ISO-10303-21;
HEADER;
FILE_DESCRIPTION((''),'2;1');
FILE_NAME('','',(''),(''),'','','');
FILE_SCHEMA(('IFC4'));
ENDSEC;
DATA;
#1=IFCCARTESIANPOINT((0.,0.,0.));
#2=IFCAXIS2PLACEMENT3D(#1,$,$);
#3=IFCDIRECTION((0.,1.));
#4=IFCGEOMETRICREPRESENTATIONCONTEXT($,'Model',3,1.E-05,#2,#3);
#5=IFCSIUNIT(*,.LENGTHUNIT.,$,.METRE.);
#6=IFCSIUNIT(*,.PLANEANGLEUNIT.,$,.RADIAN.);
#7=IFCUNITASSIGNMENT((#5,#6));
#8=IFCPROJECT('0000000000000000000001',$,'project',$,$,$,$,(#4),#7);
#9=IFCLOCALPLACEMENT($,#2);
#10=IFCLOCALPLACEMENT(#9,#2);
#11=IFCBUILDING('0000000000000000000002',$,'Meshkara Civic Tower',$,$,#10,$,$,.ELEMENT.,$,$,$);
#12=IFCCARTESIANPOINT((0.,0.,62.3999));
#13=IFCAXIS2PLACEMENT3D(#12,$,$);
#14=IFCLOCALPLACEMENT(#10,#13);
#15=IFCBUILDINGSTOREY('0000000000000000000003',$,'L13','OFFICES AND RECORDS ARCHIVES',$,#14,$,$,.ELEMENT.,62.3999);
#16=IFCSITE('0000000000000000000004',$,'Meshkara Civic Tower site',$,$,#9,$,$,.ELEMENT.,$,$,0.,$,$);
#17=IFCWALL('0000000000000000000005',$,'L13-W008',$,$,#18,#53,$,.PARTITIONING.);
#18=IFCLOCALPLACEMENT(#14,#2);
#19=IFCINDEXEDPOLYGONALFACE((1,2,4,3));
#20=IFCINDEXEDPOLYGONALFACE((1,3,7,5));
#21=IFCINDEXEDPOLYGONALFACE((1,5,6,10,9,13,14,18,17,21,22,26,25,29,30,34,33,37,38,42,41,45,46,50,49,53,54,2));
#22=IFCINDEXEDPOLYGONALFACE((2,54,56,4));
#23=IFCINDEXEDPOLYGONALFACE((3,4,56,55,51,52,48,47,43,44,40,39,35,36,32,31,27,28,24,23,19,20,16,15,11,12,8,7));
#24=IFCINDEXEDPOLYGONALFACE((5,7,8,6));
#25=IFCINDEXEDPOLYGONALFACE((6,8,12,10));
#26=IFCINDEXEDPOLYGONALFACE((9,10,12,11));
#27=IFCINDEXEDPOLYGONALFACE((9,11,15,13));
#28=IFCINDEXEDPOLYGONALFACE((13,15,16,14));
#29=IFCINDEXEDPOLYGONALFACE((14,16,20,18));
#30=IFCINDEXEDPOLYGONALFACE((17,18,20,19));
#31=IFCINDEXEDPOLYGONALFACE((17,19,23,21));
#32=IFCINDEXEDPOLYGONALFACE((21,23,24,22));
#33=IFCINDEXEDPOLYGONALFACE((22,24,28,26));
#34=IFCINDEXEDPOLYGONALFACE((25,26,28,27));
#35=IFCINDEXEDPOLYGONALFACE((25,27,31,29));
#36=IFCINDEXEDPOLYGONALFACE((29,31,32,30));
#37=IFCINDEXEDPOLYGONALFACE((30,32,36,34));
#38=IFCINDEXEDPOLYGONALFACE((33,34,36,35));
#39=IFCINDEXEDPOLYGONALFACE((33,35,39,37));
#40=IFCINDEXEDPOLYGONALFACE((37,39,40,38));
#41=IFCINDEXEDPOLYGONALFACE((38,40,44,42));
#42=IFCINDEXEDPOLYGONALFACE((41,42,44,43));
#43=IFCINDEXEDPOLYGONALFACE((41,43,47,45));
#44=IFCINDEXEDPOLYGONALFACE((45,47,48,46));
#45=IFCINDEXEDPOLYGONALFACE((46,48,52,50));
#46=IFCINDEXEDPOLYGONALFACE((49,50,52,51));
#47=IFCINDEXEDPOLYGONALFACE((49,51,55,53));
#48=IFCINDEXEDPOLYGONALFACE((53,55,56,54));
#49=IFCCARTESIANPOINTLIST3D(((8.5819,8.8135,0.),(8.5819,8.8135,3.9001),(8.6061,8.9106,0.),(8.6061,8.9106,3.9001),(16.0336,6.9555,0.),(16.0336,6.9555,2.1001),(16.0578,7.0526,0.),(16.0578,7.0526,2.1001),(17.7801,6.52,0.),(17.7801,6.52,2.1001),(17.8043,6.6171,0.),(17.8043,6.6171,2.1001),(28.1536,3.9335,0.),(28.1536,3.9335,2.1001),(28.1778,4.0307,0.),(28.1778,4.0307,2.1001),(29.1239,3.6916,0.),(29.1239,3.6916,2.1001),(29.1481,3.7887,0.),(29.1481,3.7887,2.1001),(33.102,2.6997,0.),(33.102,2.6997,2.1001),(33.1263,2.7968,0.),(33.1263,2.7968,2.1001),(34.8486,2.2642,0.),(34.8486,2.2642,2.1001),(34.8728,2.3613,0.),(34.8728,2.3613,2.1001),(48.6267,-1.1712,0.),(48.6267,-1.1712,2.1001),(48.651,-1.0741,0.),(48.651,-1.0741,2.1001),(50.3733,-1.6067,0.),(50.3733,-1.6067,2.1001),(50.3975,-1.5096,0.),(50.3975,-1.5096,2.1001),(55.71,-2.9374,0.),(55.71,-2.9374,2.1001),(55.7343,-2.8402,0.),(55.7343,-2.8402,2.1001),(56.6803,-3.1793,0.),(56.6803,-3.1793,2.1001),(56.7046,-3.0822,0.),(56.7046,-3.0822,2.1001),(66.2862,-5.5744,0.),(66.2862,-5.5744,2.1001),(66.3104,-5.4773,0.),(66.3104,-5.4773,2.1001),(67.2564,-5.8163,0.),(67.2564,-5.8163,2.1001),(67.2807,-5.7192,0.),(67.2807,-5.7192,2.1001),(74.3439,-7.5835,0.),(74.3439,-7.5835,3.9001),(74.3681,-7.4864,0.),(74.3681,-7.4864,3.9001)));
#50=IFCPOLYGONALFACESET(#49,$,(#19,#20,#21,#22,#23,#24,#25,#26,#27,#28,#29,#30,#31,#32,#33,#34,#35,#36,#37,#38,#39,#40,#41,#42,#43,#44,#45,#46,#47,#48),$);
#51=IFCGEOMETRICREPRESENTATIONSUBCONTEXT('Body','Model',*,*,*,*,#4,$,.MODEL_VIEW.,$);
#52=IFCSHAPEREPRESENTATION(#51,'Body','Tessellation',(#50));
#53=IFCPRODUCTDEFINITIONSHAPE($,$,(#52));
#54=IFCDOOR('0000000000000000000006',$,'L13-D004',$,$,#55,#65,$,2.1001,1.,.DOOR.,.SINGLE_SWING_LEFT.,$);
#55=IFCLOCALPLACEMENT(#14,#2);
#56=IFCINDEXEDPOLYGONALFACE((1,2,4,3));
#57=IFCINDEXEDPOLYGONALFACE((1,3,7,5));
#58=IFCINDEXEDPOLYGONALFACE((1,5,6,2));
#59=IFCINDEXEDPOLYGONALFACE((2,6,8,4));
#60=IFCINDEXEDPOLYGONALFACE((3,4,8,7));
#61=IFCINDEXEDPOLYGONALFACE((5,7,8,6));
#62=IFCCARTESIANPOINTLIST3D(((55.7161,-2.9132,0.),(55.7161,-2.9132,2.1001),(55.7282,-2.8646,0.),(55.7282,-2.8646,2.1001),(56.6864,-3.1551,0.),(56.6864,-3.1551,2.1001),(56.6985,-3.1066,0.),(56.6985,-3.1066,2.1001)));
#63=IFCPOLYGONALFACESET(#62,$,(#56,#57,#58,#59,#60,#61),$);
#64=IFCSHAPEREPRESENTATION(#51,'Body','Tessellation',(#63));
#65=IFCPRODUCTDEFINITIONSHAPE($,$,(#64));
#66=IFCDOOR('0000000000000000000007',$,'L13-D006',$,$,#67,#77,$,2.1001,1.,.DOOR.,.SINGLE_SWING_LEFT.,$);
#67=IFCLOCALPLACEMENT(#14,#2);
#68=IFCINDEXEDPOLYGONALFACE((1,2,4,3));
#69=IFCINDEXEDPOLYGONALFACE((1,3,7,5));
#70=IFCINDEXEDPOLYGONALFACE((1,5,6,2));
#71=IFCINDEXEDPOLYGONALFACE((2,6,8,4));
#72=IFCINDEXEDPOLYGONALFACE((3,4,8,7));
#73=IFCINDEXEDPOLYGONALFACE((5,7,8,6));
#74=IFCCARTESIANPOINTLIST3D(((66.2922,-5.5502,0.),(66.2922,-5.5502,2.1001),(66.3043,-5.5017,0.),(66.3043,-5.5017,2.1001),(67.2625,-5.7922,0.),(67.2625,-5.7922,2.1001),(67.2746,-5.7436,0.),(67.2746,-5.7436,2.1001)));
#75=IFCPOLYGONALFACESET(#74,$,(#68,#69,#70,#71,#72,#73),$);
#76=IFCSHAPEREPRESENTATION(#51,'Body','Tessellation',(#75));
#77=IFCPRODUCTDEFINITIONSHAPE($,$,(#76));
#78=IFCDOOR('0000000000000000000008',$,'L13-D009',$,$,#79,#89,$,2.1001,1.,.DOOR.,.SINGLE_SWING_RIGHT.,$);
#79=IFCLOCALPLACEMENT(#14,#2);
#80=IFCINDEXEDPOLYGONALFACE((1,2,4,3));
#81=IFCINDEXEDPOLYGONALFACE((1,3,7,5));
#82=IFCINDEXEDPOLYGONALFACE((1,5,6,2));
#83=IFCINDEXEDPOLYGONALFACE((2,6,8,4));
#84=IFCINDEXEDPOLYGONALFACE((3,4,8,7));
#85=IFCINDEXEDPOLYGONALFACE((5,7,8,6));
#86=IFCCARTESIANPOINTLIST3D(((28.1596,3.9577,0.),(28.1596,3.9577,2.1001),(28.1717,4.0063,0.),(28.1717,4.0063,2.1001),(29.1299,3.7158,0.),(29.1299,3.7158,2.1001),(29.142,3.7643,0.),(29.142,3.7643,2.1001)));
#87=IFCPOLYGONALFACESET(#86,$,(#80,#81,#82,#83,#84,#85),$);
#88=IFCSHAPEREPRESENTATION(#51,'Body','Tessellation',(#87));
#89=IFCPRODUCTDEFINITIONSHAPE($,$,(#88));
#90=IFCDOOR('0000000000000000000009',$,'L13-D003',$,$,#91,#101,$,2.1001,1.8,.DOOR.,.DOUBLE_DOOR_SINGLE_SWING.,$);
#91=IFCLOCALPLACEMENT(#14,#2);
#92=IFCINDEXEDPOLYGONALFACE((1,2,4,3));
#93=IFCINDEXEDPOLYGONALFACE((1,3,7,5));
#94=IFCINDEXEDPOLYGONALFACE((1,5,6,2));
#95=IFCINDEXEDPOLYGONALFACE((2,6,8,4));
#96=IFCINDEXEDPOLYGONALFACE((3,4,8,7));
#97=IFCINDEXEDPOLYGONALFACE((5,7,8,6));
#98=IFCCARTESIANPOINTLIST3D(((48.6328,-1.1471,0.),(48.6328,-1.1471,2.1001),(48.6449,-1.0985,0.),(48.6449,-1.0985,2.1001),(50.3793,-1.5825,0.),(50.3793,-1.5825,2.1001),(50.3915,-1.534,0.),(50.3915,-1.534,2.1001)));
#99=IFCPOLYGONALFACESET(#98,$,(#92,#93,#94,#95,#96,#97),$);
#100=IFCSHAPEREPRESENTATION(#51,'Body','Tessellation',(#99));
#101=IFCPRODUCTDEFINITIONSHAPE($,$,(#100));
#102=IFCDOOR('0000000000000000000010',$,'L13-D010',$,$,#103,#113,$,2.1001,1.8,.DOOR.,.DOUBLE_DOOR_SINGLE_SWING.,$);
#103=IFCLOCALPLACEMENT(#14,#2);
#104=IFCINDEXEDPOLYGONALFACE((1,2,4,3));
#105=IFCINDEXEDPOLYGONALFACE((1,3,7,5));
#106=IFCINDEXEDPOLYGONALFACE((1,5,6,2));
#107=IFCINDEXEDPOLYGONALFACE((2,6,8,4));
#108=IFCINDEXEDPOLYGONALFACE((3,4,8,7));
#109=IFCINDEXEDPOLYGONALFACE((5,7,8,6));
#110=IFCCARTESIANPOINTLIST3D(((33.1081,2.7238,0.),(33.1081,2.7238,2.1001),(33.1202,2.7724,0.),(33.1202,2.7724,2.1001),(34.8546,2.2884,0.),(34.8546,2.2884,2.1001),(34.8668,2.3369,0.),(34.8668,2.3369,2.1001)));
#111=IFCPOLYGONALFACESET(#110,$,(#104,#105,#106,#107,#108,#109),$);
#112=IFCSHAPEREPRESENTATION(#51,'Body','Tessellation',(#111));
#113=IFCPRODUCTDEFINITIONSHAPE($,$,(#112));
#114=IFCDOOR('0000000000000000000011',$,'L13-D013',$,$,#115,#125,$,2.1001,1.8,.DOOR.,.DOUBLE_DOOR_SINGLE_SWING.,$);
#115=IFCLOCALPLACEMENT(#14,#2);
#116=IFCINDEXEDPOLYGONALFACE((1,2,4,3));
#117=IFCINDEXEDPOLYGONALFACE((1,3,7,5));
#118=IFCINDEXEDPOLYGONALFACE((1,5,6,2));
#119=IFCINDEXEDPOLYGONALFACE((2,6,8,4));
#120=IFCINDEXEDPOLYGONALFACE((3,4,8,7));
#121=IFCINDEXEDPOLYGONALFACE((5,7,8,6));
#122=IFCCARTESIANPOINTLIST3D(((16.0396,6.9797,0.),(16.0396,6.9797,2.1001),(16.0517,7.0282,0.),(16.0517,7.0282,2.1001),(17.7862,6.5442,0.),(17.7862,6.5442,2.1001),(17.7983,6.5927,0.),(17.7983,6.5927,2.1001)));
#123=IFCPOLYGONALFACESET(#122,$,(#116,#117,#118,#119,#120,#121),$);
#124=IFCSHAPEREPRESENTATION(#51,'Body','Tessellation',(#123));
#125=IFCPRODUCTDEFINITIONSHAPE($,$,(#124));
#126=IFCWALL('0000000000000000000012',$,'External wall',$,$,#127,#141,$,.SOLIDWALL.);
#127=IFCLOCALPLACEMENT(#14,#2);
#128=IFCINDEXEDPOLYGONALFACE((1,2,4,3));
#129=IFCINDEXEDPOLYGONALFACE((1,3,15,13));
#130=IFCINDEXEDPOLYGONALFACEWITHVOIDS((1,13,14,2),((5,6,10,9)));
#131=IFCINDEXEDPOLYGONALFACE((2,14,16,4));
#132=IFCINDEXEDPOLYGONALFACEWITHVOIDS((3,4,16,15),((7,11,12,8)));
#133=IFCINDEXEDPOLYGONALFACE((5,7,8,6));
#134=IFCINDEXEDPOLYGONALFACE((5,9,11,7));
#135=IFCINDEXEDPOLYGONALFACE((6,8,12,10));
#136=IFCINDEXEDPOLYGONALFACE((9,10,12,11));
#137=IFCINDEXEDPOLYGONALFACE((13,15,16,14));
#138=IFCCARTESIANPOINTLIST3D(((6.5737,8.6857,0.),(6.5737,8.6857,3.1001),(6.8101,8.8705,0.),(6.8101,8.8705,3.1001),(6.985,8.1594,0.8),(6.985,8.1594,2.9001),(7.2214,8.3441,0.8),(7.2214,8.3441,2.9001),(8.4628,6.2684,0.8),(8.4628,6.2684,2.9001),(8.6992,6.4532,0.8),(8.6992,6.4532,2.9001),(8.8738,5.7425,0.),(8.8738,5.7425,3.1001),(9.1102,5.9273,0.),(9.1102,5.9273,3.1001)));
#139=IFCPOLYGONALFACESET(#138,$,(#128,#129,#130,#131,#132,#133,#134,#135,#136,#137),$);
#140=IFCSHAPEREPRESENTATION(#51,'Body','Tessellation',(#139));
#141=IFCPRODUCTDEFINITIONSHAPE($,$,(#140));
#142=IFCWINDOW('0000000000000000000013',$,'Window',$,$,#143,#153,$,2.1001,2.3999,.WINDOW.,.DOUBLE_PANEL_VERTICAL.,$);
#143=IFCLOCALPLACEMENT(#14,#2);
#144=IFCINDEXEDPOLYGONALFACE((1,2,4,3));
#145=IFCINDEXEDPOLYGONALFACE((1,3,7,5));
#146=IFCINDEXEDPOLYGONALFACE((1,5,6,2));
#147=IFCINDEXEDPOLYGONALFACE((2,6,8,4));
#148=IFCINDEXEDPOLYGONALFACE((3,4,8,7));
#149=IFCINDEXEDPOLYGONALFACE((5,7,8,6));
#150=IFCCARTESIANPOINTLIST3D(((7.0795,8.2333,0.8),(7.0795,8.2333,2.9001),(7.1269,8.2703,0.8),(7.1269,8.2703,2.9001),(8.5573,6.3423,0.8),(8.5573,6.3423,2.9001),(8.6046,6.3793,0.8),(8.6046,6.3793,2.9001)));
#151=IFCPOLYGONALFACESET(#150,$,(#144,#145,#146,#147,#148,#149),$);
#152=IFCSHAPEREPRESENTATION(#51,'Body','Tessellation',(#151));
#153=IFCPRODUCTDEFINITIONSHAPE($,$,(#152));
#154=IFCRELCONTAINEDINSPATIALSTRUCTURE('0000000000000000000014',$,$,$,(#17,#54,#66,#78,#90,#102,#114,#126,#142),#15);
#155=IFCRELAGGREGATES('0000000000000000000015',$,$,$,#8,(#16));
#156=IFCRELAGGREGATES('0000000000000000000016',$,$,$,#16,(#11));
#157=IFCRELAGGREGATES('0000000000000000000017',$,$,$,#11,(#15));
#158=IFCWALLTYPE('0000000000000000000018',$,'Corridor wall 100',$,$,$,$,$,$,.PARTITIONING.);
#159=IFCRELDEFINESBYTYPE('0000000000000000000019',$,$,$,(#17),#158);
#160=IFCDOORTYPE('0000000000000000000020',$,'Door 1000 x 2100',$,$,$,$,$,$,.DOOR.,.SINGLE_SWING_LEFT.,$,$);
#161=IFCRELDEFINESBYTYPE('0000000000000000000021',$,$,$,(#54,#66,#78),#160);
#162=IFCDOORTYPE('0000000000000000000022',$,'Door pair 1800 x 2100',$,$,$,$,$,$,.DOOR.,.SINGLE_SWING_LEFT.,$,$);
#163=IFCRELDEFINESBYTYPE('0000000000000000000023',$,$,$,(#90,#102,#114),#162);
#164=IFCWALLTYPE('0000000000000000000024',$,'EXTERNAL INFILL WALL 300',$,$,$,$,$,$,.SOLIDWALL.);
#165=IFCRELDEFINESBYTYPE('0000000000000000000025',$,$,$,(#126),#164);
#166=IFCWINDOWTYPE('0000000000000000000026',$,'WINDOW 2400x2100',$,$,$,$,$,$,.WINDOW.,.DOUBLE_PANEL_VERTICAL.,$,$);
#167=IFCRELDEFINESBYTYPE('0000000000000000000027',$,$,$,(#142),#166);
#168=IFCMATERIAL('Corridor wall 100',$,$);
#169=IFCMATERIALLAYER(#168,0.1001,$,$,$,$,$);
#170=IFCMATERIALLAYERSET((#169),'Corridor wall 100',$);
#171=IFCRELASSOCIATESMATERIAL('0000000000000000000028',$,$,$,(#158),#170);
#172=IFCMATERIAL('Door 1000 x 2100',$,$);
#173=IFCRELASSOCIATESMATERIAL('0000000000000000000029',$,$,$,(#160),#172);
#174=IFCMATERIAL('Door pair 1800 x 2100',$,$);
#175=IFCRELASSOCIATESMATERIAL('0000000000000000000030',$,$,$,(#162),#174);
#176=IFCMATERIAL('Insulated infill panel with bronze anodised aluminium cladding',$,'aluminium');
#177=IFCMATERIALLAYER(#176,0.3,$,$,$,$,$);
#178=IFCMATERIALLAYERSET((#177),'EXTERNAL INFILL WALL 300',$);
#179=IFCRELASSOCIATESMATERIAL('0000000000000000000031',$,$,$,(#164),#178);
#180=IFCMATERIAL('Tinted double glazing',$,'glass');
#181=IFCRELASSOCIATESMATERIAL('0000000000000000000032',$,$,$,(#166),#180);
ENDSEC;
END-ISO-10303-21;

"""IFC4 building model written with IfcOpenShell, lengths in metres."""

from ifc_helpers import new_model, si_unit, direction, frame, frame_2d, origin, place, context, subcontext, project, spatial, rectangle, extrude, material, layer, layer_set, type_object, element, fill, save


model = new_model("IFC4")

# Units and contexts
model_context = context("Model", 3, precision=1e-05, world=origin(), true_north=direction((0.0, 1.0)))
body_context = subcontext(model_context, "Body", "Model", "MODEL_VIEW")
ifc_project = project(units=[si_unit("LENGTHUNIT", "METRE"), si_unit("PLANEANGLEUNIT", "RADIAN")], contexts=[model_context])

# Site, building, storey
site_placement = place(None, origin())
site = spatial("IfcSite", under=ifc_project, at=site_placement, Name="Meshkara Civic Tower site", CompositionType="ELEMENT", RefElevation=0.0)
building_placement = place(site_placement, origin())
building = spatial("IfcBuilding", under=site, at=building_placement, Name="Meshkara Civic Tower", CompositionType="ELEMENT")
storey_placement = place(building_placement, frame((0.0, 0.0, 62.3999)))
storey = spatial("IfcBuildingStorey", under=building, at=storey_placement, Name="L13", Description="OFFICES AND RECORDS ARCHIVES", CompositionType="ELEMENT", Elevation=62.3999)

# Shared definitions
ifc_material_1 = material(Name="Corridor wall 100")
ifc_layer_1 = layer(ifc_material_1, 0.1001)
ifc_layer_set_1 = layer_set([ifc_layer_1], Name="Corridor wall 100")
wall_type_1 = type_object("IfcWallType", Name="Corridor wall 100", PredefinedType="PARTITIONING", material=ifc_layer_set_1)

# Shared definitions
ifc_material_2 = material(Name="Door 1000 x 2100")
door_type_1 = type_object("IfcDoorType", Name="Door 1000 x 2100", OperationType="SINGLE_SWING_LEFT", PredefinedType="DOOR", material=ifc_material_2)

# Wall, openings, doors
wall_1_placement = place(storey_placement, frame((8.594, 8.8621, 0.0), z_axis=(0.0, 0.0, 1.0), x_axis=(0.970293, -0.241931, 0.0)))
wall_1 = element("IfcWall", 1, at=wall_1_placement, inside=storey, type_object=wall_type_1, Name="L13-W008", PredefinedType="PARTITIONING", context=body_context, shape_type="SweptSolid", body=[
    extrude(rectangle(XDim=67.7754, YDim=0.1001, at=frame_2d((33.8877, 0.0))), origin(), (0.0, 0.0, 1.0), 3.9001),
])
opening_1_placement = place(wall_1_placement, frame((41.271, 0.0, 0.0)))
opening_1 = element("IfcOpeningElement", 2, at=opening_1_placement, cuts=wall_1, PredefinedType="OPENING", context=body_context, shape_type="SweptSolid", body=[
    extrude(rectangle(XDim=1.8, YDim=2.1001, at=frame_2d((0.8999, 1.05))), frame((0.0, 0.0601, 0.0), z_axis=(0.0, -1.0, 0.0), x_axis=(1.0, 0.0, 0.0)), (0.0, 0.0, 1.0), 0.1201),
])
opening_2_placement = place(wall_1_placement, frame((48.571, 0.0, 0.0)))
opening_2 = element("IfcOpeningElement", 3, at=opening_2_placement, cuts=wall_1, PredefinedType="OPENING", context=body_context, shape_type="SweptSolid", body=[
    extrude(rectangle(XDim=1.0, YDim=2.1001, at=frame_2d((0.5, 1.05))), frame((0.0, 0.0601, 0.0), z_axis=(0.0, -1.0, 0.0), x_axis=(1.0, 0.0, 0.0)), (0.0, 0.0, 1.0), 0.1201),
])
opening_3_placement = place(wall_1_placement, frame((59.4709, 0.0, 0.0)))
opening_3 = element("IfcOpeningElement", 4, at=opening_3_placement, cuts=wall_1, PredefinedType="OPENING", context=body_context, shape_type="SweptSolid", body=[
    extrude(rectangle(XDim=1.0, YDim=2.1001, at=frame_2d((0.5, 1.05))), frame((0.0, 0.0601, 0.0), z_axis=(0.0, -1.0, 0.0), x_axis=(1.0, 0.0, 0.0)), (0.0, 0.0, 1.0), 0.1201),
])
opening_4_placement = place(wall_1_placement, frame((20.1709, 0.0, 0.0)))
opening_4 = element("IfcOpeningElement", 5, at=opening_4_placement, cuts=wall_1, PredefinedType="OPENING", context=body_context, shape_type="SweptSolid", body=[
    extrude(rectangle(XDim=1.0, YDim=2.1001, at=frame_2d((0.5, 1.05))), frame((0.0, 0.0601, 0.0), z_axis=(0.0, -1.0, 0.0), x_axis=(1.0, 0.0, 0.0)), (0.0, 0.0, 1.0), 0.1201),
])
opening_5_placement = place(wall_1_placement, frame((25.271, 0.0, 0.0)))
opening_5 = element("IfcOpeningElement", 6, at=opening_5_placement, cuts=wall_1, PredefinedType="OPENING", context=body_context, shape_type="SweptSolid", body=[
    extrude(rectangle(XDim=1.8, YDim=2.1001, at=frame_2d((0.8999, 1.05))), frame((0.0, 0.0601, 0.0), z_axis=(0.0, -1.0, 0.0), x_axis=(1.0, 0.0, 0.0)), (0.0, 0.0, 1.0), 0.1201),
])
opening_6_placement = place(wall_1_placement, frame((7.6799, 0.0, 0.0)))
opening_6 = element("IfcOpeningElement", 7, at=opening_6_placement, cuts=wall_1, PredefinedType="OPENING", context=body_context, shape_type="SweptSolid", body=[
    extrude(rectangle(XDim=1.8, YDim=2.1001, at=frame_2d((0.8999, 1.05))), frame((0.0, 0.0601, 0.0), z_axis=(0.0, -1.0, 0.0), x_axis=(1.0, 0.0, 0.0)), (0.0, 0.0, 1.0), 0.1201),
])
door_1_placement = place(opening_2_placement, origin())
door_1 = element("IfcDoor", 8, at=door_1_placement, inside=storey, type_object=door_type_1, Name="L13-D004", OperationType="SINGLE_SWING_LEFT", OverallHeight=2.1001, OverallWidth=1.0, PredefinedType="DOOR", context=body_context, shape_type="SweptSolid", body=[
    extrude(rectangle(XDim=1.0, YDim=2.1001, at=frame_2d((0.5, 1.05))), frame((0.0, 0.0249, 0.0), z_axis=(0.0, -1.0, 0.0), x_axis=(1.0, 0.0, 0.0)), (0.0, 0.0, 1.0), 0.05),
])
fill(opening_2, door_1)
door_2_placement = place(opening_3_placement, origin())
door_2 = element("IfcDoor", 9, at=door_2_placement, inside=storey, type_object=door_type_1, Name="L13-D006", OperationType="SINGLE_SWING_LEFT", OverallHeight=2.1001, OverallWidth=1.0, PredefinedType="DOOR", context=body_context, shape_type="SweptSolid", body=[
    extrude(rectangle(XDim=1.0, YDim=2.1001, at=frame_2d((0.5, 1.05))), frame((0.0, 0.0249, 0.0), z_axis=(0.0, -1.0, 0.0), x_axis=(1.0, 0.0, 0.0)), (0.0, 0.0, 1.0), 0.05),
])
fill(opening_3, door_2)
door_3_placement = place(opening_4_placement, origin())
door_3 = element("IfcDoor", 10, at=door_3_placement, inside=storey, type_object=door_type_1, Name="L13-D009", OperationType="SINGLE_SWING_RIGHT", OverallHeight=2.1001, OverallWidth=1.0, PredefinedType="DOOR", context=body_context, shape_type="SweptSolid", body=[
    extrude(rectangle(XDim=1.0, YDim=2.1001, at=frame_2d((0.5, 1.05))), frame((0.0, 0.0249, 0.0), z_axis=(0.0, -1.0, 0.0), x_axis=(1.0, 0.0, 0.0)), (0.0, 0.0, 1.0), 0.05),
])
fill(opening_4, door_3)
ifc_material_3 = material(Name="Door pair 1800 x 2100")
door_type_2 = type_object("IfcDoorType", Name="Door pair 1800 x 2100", OperationType="SINGLE_SWING_LEFT", PredefinedType="DOOR", material=ifc_material_3)
door_4_placement = place(opening_1_placement, origin())
door_4 = element("IfcDoor", 11, at=door_4_placement, inside=storey, type_object=door_type_2, Name="L13-D003", OperationType="DOUBLE_DOOR_SINGLE_SWING", OverallHeight=2.1001, OverallWidth=1.8, PredefinedType="DOOR", context=body_context, shape_type="SweptSolid", body=[
    extrude(rectangle(XDim=1.8, YDim=2.1001, at=frame_2d((0.8999, 1.05))), frame((0.0, 0.0249, 0.0), z_axis=(0.0, -1.0, 0.0), x_axis=(1.0, 0.0, 0.0)), (0.0, 0.0, 1.0), 0.05),
])
fill(opening_1, door_4)
door_5_placement = place(opening_5_placement, origin())
door_5 = element("IfcDoor", 12, at=door_5_placement, inside=storey, type_object=door_type_2, Name="L13-D010", OperationType="DOUBLE_DOOR_SINGLE_SWING", OverallHeight=2.1001, OverallWidth=1.8, PredefinedType="DOOR", context=body_context, shape_type="SweptSolid", body=[
    extrude(rectangle(XDim=1.8, YDim=2.1001, at=frame_2d((0.8999, 1.05))), frame((0.0, 0.0249, 0.0), z_axis=(0.0, -1.0, 0.0), x_axis=(1.0, 0.0, 0.0)), (0.0, 0.0, 1.0), 0.05),
])
fill(opening_5, door_5)
door_6_placement = place(opening_6_placement, origin())
door_6 = element("IfcDoor", 13, at=door_6_placement, inside=storey, type_object=door_type_2, Name="L13-D013", OperationType="DOUBLE_DOOR_SINGLE_SWING", OverallHeight=2.1001, OverallWidth=1.8, PredefinedType="DOOR", context=body_context, shape_type="SweptSolid", body=[
    extrude(rectangle(XDim=1.8, YDim=2.1001, at=frame_2d((0.8999, 1.05))), frame((0.0, 0.0249, 0.0), z_axis=(0.0, -1.0, 0.0), x_axis=(1.0, 0.0, 0.0)), (0.0, 0.0, 1.0), 0.05),
])
fill(opening_6, door_6)

# Wall, opening, window
ifc_material_4 = material(Name="Insulated infill panel with bronze anodised aluminium cladding", Category="aluminium")
ifc_layer_2 = layer(ifc_material_4, 0.3)
ifc_layer_set_2 = layer_set([ifc_layer_2], Name="EXTERNAL INFILL WALL 300")
wall_type_2 = type_object("IfcWallType", Name="EXTERNAL INFILL WALL 300", PredefinedType="SOLIDWALL", material=ifc_layer_set_2)
wall_2_placement = place(storey_placement, frame((6.6919, 8.7781, 0.0), z_axis=(0.0, 0.0, 1.0), x_axis=(0.615767, -0.787928, 0.0)))
wall_2 = element("IfcWall", 14, at=wall_2_placement, inside=storey, type_object=wall_type_2, Name="External wall", PredefinedType="SOLIDWALL", context=body_context, shape_type="SweptSolid", body=[
    extrude(rectangle(XDim=3.7354, YDim=0.3, at=frame_2d((1.8677, 0.0))), origin(), (0.0, 0.0, 1.0), 3.1001),
])
opening_7_placement = place(wall_2_placement, frame((0.668, 0.0, 0.8)))
opening_7 = element("IfcOpeningElement", 15, at=opening_7_placement, cuts=wall_2, PredefinedType="OPENING", context=body_context, shape_type="SweptSolid", body=[
    extrude(rectangle(XDim=2.3999, YDim=2.1001, at=frame_2d((1.2, 1.05))), frame((0.0, 0.1599, 0.0), z_axis=(0.0, -1.0, 0.0), x_axis=(1.0, 0.0, 0.0)), (0.0, 0.0, 1.0), 0.3201),
])
ifc_material_5 = material(Name="Tinted double glazing", Category="glass")
window_type = type_object("IfcWindowType", Name="WINDOW 2400x2100", PartitioningType="DOUBLE_PANEL_VERTICAL", PredefinedType="WINDOW", material=ifc_material_5)
window_placement = place(opening_7_placement, origin())
window = element("IfcWindow", 16, at=window_placement, inside=storey, type_object=window_type, Name="Window", OverallHeight=2.1001, OverallWidth=2.3999, PartitioningType="DOUBLE_PANEL_VERTICAL", PredefinedType="WINDOW", context=body_context, shape_type="SweptSolid", body=[
    extrude(rectangle(XDim=2.3999, YDim=2.1001, at=frame_2d((1.2, 1.05))), frame((0.0, 0.03, 0.0), z_axis=(0.0, -1.0, 0.0), x_axis=(1.0, 0.0, 0.0)), (0.0, 0.0, 1.0), 0.0601),
])
fill(opening_7, window)

save(model, "model.ifc")
